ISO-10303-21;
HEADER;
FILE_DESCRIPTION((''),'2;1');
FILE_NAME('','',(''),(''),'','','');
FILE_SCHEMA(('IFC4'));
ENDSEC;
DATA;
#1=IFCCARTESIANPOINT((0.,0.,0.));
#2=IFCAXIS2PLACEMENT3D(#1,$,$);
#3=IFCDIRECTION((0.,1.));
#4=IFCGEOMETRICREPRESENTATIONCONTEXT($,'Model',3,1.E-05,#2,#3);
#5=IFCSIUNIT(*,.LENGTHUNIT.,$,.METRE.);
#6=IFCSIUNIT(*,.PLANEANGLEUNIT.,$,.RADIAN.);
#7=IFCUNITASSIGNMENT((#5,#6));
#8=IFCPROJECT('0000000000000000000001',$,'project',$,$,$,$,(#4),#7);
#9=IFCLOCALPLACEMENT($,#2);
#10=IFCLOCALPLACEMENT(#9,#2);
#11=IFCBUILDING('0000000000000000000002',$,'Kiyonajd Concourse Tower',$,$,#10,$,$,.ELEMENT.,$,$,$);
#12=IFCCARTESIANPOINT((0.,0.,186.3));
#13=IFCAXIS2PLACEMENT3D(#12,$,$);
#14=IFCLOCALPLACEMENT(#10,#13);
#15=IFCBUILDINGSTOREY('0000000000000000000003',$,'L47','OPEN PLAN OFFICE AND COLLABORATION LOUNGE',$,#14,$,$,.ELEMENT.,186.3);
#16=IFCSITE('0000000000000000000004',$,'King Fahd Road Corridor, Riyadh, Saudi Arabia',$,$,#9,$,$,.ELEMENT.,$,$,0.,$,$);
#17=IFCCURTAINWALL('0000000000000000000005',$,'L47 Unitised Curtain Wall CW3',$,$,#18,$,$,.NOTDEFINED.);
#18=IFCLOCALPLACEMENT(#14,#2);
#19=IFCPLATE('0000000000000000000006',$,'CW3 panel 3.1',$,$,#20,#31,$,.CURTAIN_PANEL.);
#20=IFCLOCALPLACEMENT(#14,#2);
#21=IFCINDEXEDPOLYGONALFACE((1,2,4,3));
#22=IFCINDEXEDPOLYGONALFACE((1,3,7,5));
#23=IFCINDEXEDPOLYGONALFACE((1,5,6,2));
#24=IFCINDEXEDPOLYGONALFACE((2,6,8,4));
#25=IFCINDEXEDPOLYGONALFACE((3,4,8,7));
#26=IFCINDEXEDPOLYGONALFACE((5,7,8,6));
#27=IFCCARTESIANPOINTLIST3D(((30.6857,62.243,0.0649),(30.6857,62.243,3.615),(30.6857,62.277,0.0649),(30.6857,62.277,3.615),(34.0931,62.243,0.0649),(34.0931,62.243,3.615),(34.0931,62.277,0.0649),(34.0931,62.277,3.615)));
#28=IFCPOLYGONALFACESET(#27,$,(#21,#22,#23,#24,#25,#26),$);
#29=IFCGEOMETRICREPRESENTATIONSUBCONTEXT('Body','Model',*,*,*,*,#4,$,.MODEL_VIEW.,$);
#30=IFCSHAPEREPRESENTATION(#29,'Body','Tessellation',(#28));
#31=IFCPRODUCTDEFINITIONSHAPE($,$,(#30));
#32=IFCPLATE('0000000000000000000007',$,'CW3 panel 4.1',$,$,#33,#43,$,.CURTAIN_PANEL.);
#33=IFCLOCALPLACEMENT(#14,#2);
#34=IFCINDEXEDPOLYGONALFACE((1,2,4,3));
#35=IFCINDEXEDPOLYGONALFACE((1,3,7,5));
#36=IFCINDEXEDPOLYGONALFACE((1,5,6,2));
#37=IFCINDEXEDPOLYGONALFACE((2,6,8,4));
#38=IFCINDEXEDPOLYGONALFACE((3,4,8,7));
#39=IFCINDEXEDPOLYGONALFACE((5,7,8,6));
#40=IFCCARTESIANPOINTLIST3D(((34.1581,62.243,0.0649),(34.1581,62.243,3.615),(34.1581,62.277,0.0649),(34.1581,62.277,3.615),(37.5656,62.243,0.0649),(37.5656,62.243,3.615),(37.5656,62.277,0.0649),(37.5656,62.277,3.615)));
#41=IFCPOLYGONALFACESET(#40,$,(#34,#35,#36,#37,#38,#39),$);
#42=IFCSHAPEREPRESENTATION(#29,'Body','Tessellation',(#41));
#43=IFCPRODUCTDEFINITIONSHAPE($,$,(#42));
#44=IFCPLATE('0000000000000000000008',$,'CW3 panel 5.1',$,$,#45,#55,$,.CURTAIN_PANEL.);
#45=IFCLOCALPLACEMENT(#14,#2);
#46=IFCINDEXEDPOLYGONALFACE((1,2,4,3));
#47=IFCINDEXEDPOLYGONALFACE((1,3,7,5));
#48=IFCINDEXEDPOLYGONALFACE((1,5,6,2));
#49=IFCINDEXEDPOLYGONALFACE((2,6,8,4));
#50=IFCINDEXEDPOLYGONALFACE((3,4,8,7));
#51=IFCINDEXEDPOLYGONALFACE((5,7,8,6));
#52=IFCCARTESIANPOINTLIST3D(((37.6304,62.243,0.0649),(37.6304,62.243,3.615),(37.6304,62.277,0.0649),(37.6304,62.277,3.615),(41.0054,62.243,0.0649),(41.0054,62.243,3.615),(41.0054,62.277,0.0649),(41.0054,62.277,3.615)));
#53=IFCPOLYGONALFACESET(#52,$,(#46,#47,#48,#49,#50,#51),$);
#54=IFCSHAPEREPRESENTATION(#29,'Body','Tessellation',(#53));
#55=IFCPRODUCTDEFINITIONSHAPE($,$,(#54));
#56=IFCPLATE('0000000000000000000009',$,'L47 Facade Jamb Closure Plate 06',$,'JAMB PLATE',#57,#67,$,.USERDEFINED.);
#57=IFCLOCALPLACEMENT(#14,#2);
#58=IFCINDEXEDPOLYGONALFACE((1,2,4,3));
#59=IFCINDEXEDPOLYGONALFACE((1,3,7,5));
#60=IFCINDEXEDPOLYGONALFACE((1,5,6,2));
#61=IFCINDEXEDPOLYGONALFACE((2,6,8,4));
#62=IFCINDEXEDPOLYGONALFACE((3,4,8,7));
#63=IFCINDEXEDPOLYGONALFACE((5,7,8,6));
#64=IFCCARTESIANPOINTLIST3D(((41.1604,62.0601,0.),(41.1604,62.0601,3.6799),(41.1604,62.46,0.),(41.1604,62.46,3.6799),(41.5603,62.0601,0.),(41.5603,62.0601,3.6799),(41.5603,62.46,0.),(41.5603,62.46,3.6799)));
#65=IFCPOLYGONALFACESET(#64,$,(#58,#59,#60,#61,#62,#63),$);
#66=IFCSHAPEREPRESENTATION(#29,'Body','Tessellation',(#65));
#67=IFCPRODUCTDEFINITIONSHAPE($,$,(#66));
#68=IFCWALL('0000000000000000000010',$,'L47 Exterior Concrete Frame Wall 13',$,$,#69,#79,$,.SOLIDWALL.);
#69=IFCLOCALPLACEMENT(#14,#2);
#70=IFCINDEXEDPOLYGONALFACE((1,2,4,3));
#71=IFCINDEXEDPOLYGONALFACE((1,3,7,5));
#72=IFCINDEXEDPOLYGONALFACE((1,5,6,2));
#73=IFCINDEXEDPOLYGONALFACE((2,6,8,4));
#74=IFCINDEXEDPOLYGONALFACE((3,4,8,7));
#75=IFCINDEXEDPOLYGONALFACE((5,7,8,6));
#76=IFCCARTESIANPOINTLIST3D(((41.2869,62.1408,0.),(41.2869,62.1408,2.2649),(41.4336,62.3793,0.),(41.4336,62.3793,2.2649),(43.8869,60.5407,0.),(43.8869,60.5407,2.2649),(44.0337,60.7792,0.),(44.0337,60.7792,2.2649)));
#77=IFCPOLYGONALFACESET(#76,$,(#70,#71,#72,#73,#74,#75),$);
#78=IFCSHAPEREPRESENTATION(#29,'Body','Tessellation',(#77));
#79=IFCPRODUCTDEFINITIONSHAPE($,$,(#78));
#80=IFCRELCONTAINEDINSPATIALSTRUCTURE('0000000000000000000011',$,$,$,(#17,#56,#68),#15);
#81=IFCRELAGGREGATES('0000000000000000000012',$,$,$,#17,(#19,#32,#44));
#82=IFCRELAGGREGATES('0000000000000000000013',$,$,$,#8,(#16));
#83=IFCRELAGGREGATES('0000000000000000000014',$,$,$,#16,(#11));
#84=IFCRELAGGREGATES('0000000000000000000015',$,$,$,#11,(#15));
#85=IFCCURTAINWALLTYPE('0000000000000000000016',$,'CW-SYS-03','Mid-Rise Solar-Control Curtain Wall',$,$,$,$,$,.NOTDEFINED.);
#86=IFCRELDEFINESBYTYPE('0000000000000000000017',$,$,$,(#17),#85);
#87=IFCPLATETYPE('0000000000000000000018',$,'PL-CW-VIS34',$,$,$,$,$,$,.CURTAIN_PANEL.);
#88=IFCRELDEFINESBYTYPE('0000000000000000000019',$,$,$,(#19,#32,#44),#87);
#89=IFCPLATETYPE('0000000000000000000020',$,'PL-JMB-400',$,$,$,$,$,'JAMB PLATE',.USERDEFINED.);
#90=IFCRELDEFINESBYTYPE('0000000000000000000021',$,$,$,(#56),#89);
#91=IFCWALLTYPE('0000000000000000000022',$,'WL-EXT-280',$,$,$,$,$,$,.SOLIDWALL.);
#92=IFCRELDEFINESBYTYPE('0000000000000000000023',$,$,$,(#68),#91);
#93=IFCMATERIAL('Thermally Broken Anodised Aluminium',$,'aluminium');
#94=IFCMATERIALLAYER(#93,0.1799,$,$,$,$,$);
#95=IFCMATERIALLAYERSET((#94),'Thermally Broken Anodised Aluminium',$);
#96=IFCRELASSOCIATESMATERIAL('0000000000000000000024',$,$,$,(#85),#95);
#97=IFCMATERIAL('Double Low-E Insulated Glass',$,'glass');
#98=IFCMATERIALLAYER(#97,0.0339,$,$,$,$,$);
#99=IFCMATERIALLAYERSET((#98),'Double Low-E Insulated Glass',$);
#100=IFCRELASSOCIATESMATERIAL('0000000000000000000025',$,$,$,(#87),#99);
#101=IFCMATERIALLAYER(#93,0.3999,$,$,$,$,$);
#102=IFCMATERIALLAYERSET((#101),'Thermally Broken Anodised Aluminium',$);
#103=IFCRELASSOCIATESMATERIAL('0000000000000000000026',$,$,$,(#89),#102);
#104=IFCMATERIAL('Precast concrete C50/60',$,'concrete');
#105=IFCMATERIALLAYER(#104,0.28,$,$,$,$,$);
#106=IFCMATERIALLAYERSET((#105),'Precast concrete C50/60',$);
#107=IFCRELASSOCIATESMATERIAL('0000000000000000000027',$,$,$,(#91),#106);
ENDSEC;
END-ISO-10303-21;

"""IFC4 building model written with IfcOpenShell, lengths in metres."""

from ifc_helpers import new_model, si_unit, direction, frame, frame_2d, origin, origin_2d, place, context, subcontext, project, spatial, rectangle, extrude, material, layer, layer_set, type_object, element, aggregate, save


model = new_model("IFC4")

# Units and contexts
model_context = context("Model", 3, precision=1e-05, world=origin(), true_north=direction((0.0, 1.0)))
body_context = subcontext(model_context, "Body", "Model", "MODEL_VIEW")
ifc_project = project(units=[si_unit("LENGTHUNIT", "METRE"), si_unit("PLANEANGLEUNIT", "RADIAN")], contexts=[model_context])

# Site, building, storey
site_placement = place(None, origin())
site = spatial("IfcSite", under=ifc_project, at=site_placement, Name="King Fahd Road Corridor, Riyadh, Saudi Arabia", CompositionType="ELEMENT", RefElevation=0.0)
building_placement = place(site_placement, origin())
building = spatial("IfcBuilding", under=site, at=building_placement, Name="Kiyonajd Concourse Tower", CompositionType="ELEMENT")
storey_placement = place(building_placement, frame((0.0, 0.0, 186.3)))
storey = spatial("IfcBuildingStorey", under=building, at=storey_placement, Name="L47", Description="OPEN PLAN OFFICE AND COLLABORATION LOUNGE", CompositionType="ELEMENT", Elevation=186.3)

# Curtain wall
ifc_material_1 = material(Name="Thermally Broken Anodised Aluminium", Category="aluminium")
ifc_layer_1 = layer(ifc_material_1, 0.1799)
ifc_layer_set_1 = layer_set([ifc_layer_1], Name="Thermally Broken Anodised Aluminium")
curtain_wall_type = type_object("IfcCurtainWallType", Name="CW-SYS-03", Description="Mid-Rise Solar-Control Curtain Wall", PredefinedType="NOTDEFINED", material=ifc_layer_set_1)
curtain_wall_placement = place(storey_placement, origin())
curtain_wall = element("IfcCurtainWall", 1, at=curtain_wall_placement, inside=storey, type_object=curtain_wall_type, Name="L47 Unitised Curtain Wall CW3", PredefinedType="NOTDEFINED")

# Plates
ifc_material_2 = material(Name="Double Low-E Insulated Glass", Category="glass")
ifc_layer_2 = layer(ifc_material_2, 0.0339)
ifc_layer_set_2 = layer_set([ifc_layer_2], Name="Double Low-E Insulated Glass")
plate_type_1 = type_object("IfcPlateType", Name="PL-CW-VIS34", PredefinedType="CURTAIN_PANEL", material=ifc_layer_set_2)
plate_1_placement = place(storey_placement, frame((32.3894, 62.26, 0.0649), z_axis=(0.0, 0.0, 1.0), x_axis=(1.0, 0.0, 0.0)))
plate_1 = element("IfcPlate", 2, at=plate_1_placement, type_object=plate_type_1, Name="CW3 panel 3.1", PredefinedType="CURTAIN_PANEL", context=body_context, shape_type="SweptSolid", body=[
    extrude(rectangle(XDim=3.4075, YDim=0.0339, at=origin_2d()), origin(), (0.0, 0.0, 1.0), 3.55),
])
plate_2_placement = place(storey_placement, frame((35.8618, 62.26, 0.0649), z_axis=(0.0, 0.0, 1.0), x_axis=(1.0, 0.0, 0.0)))
plate_2 = element("IfcPlate", 3, at=plate_2_placement, type_object=plate_type_1, Name="CW3 panel 4.1", PredefinedType="CURTAIN_PANEL", context=body_context, shape_type="SweptSolid", body=[
    extrude(rectangle(XDim=3.4075, YDim=0.0339, at=origin_2d()), origin(), (0.0, 0.0, 1.0), 3.55),
])
plate_3_placement = place(storey_placement, frame((39.3179, 62.26, 0.0649), z_axis=(0.0, 0.0, 1.0), x_axis=(1.0, 0.0, 0.0)))
plate_3 = element("IfcPlate", 4, at=plate_3_placement, type_object=plate_type_1, Name="CW3 panel 5.1", PredefinedType="CURTAIN_PANEL", context=body_context, shape_type="SweptSolid", body=[
    extrude(rectangle(XDim=3.375, YDim=0.0339, at=origin_2d()), origin(), (0.0, 0.0, 1.0), 3.55),
])
aggregate(curtain_wall, [plate_1, plate_2, plate_3])
ifc_layer_3 = layer(ifc_material_1, 0.3999)
ifc_layer_set_3 = layer_set([ifc_layer_3], Name="Thermally Broken Anodised Aluminium")
plate_type_2 = type_object("IfcPlateType", Name="PL-JMB-400", ElementType="JAMB PLATE", PredefinedType="USERDEFINED", material=ifc_layer_set_3)
plate_4_placement = place(storey_placement, frame((41.3604, 62.26, 0.0), z_axis=(0.0, 0.0, 1.0), x_axis=(1.0, 0.0, 0.0)))
element("IfcPlate", 5, at=plate_4_placement, inside=storey, type_object=plate_type_2, Name="L47 Facade Jamb Closure Plate 06", ObjectType="JAMB PLATE", PredefinedType="USERDEFINED", context=body_context, shape_type="SweptSolid", body=[
    extrude(rectangle(XDim=0.3999, YDim=0.3999, at=origin_2d()), origin(), (0.0, 0.0, 1.0), 3.6799),
])

# Wall
ifc_material_3 = material(Name="Precast concrete C50/60", Category="concrete")
ifc_layer_4 = layer(ifc_material_3, 0.28)
ifc_layer_set_4 = layer_set([ifc_layer_4], Name="Precast concrete C50/60")
wall_type = type_object("IfcWallType", Name="WL-EXT-280", PredefinedType="SOLIDWALL", material=ifc_layer_set_4)
wall_placement = place(storey_placement, frame((41.3604, 62.26, 0.0), z_axis=(0.0, 0.0, 1.0), x_axis=(0.851653, -0.524106, 0.0)))
element("IfcWall", 6, at=wall_placement, inside=storey, type_object=wall_type, Name="L47 Exterior Concrete Frame Wall 13", PredefinedType="SOLIDWALL", context=body_context, shape_type="SweptSolid", body=[
    extrude(rectangle(XDim=3.053, YDim=0.28, at=frame_2d((1.5264, 0.0))), origin(), (0.0, 0.0, 1.0), 2.2649),
])

save(model, "model.ifc")
